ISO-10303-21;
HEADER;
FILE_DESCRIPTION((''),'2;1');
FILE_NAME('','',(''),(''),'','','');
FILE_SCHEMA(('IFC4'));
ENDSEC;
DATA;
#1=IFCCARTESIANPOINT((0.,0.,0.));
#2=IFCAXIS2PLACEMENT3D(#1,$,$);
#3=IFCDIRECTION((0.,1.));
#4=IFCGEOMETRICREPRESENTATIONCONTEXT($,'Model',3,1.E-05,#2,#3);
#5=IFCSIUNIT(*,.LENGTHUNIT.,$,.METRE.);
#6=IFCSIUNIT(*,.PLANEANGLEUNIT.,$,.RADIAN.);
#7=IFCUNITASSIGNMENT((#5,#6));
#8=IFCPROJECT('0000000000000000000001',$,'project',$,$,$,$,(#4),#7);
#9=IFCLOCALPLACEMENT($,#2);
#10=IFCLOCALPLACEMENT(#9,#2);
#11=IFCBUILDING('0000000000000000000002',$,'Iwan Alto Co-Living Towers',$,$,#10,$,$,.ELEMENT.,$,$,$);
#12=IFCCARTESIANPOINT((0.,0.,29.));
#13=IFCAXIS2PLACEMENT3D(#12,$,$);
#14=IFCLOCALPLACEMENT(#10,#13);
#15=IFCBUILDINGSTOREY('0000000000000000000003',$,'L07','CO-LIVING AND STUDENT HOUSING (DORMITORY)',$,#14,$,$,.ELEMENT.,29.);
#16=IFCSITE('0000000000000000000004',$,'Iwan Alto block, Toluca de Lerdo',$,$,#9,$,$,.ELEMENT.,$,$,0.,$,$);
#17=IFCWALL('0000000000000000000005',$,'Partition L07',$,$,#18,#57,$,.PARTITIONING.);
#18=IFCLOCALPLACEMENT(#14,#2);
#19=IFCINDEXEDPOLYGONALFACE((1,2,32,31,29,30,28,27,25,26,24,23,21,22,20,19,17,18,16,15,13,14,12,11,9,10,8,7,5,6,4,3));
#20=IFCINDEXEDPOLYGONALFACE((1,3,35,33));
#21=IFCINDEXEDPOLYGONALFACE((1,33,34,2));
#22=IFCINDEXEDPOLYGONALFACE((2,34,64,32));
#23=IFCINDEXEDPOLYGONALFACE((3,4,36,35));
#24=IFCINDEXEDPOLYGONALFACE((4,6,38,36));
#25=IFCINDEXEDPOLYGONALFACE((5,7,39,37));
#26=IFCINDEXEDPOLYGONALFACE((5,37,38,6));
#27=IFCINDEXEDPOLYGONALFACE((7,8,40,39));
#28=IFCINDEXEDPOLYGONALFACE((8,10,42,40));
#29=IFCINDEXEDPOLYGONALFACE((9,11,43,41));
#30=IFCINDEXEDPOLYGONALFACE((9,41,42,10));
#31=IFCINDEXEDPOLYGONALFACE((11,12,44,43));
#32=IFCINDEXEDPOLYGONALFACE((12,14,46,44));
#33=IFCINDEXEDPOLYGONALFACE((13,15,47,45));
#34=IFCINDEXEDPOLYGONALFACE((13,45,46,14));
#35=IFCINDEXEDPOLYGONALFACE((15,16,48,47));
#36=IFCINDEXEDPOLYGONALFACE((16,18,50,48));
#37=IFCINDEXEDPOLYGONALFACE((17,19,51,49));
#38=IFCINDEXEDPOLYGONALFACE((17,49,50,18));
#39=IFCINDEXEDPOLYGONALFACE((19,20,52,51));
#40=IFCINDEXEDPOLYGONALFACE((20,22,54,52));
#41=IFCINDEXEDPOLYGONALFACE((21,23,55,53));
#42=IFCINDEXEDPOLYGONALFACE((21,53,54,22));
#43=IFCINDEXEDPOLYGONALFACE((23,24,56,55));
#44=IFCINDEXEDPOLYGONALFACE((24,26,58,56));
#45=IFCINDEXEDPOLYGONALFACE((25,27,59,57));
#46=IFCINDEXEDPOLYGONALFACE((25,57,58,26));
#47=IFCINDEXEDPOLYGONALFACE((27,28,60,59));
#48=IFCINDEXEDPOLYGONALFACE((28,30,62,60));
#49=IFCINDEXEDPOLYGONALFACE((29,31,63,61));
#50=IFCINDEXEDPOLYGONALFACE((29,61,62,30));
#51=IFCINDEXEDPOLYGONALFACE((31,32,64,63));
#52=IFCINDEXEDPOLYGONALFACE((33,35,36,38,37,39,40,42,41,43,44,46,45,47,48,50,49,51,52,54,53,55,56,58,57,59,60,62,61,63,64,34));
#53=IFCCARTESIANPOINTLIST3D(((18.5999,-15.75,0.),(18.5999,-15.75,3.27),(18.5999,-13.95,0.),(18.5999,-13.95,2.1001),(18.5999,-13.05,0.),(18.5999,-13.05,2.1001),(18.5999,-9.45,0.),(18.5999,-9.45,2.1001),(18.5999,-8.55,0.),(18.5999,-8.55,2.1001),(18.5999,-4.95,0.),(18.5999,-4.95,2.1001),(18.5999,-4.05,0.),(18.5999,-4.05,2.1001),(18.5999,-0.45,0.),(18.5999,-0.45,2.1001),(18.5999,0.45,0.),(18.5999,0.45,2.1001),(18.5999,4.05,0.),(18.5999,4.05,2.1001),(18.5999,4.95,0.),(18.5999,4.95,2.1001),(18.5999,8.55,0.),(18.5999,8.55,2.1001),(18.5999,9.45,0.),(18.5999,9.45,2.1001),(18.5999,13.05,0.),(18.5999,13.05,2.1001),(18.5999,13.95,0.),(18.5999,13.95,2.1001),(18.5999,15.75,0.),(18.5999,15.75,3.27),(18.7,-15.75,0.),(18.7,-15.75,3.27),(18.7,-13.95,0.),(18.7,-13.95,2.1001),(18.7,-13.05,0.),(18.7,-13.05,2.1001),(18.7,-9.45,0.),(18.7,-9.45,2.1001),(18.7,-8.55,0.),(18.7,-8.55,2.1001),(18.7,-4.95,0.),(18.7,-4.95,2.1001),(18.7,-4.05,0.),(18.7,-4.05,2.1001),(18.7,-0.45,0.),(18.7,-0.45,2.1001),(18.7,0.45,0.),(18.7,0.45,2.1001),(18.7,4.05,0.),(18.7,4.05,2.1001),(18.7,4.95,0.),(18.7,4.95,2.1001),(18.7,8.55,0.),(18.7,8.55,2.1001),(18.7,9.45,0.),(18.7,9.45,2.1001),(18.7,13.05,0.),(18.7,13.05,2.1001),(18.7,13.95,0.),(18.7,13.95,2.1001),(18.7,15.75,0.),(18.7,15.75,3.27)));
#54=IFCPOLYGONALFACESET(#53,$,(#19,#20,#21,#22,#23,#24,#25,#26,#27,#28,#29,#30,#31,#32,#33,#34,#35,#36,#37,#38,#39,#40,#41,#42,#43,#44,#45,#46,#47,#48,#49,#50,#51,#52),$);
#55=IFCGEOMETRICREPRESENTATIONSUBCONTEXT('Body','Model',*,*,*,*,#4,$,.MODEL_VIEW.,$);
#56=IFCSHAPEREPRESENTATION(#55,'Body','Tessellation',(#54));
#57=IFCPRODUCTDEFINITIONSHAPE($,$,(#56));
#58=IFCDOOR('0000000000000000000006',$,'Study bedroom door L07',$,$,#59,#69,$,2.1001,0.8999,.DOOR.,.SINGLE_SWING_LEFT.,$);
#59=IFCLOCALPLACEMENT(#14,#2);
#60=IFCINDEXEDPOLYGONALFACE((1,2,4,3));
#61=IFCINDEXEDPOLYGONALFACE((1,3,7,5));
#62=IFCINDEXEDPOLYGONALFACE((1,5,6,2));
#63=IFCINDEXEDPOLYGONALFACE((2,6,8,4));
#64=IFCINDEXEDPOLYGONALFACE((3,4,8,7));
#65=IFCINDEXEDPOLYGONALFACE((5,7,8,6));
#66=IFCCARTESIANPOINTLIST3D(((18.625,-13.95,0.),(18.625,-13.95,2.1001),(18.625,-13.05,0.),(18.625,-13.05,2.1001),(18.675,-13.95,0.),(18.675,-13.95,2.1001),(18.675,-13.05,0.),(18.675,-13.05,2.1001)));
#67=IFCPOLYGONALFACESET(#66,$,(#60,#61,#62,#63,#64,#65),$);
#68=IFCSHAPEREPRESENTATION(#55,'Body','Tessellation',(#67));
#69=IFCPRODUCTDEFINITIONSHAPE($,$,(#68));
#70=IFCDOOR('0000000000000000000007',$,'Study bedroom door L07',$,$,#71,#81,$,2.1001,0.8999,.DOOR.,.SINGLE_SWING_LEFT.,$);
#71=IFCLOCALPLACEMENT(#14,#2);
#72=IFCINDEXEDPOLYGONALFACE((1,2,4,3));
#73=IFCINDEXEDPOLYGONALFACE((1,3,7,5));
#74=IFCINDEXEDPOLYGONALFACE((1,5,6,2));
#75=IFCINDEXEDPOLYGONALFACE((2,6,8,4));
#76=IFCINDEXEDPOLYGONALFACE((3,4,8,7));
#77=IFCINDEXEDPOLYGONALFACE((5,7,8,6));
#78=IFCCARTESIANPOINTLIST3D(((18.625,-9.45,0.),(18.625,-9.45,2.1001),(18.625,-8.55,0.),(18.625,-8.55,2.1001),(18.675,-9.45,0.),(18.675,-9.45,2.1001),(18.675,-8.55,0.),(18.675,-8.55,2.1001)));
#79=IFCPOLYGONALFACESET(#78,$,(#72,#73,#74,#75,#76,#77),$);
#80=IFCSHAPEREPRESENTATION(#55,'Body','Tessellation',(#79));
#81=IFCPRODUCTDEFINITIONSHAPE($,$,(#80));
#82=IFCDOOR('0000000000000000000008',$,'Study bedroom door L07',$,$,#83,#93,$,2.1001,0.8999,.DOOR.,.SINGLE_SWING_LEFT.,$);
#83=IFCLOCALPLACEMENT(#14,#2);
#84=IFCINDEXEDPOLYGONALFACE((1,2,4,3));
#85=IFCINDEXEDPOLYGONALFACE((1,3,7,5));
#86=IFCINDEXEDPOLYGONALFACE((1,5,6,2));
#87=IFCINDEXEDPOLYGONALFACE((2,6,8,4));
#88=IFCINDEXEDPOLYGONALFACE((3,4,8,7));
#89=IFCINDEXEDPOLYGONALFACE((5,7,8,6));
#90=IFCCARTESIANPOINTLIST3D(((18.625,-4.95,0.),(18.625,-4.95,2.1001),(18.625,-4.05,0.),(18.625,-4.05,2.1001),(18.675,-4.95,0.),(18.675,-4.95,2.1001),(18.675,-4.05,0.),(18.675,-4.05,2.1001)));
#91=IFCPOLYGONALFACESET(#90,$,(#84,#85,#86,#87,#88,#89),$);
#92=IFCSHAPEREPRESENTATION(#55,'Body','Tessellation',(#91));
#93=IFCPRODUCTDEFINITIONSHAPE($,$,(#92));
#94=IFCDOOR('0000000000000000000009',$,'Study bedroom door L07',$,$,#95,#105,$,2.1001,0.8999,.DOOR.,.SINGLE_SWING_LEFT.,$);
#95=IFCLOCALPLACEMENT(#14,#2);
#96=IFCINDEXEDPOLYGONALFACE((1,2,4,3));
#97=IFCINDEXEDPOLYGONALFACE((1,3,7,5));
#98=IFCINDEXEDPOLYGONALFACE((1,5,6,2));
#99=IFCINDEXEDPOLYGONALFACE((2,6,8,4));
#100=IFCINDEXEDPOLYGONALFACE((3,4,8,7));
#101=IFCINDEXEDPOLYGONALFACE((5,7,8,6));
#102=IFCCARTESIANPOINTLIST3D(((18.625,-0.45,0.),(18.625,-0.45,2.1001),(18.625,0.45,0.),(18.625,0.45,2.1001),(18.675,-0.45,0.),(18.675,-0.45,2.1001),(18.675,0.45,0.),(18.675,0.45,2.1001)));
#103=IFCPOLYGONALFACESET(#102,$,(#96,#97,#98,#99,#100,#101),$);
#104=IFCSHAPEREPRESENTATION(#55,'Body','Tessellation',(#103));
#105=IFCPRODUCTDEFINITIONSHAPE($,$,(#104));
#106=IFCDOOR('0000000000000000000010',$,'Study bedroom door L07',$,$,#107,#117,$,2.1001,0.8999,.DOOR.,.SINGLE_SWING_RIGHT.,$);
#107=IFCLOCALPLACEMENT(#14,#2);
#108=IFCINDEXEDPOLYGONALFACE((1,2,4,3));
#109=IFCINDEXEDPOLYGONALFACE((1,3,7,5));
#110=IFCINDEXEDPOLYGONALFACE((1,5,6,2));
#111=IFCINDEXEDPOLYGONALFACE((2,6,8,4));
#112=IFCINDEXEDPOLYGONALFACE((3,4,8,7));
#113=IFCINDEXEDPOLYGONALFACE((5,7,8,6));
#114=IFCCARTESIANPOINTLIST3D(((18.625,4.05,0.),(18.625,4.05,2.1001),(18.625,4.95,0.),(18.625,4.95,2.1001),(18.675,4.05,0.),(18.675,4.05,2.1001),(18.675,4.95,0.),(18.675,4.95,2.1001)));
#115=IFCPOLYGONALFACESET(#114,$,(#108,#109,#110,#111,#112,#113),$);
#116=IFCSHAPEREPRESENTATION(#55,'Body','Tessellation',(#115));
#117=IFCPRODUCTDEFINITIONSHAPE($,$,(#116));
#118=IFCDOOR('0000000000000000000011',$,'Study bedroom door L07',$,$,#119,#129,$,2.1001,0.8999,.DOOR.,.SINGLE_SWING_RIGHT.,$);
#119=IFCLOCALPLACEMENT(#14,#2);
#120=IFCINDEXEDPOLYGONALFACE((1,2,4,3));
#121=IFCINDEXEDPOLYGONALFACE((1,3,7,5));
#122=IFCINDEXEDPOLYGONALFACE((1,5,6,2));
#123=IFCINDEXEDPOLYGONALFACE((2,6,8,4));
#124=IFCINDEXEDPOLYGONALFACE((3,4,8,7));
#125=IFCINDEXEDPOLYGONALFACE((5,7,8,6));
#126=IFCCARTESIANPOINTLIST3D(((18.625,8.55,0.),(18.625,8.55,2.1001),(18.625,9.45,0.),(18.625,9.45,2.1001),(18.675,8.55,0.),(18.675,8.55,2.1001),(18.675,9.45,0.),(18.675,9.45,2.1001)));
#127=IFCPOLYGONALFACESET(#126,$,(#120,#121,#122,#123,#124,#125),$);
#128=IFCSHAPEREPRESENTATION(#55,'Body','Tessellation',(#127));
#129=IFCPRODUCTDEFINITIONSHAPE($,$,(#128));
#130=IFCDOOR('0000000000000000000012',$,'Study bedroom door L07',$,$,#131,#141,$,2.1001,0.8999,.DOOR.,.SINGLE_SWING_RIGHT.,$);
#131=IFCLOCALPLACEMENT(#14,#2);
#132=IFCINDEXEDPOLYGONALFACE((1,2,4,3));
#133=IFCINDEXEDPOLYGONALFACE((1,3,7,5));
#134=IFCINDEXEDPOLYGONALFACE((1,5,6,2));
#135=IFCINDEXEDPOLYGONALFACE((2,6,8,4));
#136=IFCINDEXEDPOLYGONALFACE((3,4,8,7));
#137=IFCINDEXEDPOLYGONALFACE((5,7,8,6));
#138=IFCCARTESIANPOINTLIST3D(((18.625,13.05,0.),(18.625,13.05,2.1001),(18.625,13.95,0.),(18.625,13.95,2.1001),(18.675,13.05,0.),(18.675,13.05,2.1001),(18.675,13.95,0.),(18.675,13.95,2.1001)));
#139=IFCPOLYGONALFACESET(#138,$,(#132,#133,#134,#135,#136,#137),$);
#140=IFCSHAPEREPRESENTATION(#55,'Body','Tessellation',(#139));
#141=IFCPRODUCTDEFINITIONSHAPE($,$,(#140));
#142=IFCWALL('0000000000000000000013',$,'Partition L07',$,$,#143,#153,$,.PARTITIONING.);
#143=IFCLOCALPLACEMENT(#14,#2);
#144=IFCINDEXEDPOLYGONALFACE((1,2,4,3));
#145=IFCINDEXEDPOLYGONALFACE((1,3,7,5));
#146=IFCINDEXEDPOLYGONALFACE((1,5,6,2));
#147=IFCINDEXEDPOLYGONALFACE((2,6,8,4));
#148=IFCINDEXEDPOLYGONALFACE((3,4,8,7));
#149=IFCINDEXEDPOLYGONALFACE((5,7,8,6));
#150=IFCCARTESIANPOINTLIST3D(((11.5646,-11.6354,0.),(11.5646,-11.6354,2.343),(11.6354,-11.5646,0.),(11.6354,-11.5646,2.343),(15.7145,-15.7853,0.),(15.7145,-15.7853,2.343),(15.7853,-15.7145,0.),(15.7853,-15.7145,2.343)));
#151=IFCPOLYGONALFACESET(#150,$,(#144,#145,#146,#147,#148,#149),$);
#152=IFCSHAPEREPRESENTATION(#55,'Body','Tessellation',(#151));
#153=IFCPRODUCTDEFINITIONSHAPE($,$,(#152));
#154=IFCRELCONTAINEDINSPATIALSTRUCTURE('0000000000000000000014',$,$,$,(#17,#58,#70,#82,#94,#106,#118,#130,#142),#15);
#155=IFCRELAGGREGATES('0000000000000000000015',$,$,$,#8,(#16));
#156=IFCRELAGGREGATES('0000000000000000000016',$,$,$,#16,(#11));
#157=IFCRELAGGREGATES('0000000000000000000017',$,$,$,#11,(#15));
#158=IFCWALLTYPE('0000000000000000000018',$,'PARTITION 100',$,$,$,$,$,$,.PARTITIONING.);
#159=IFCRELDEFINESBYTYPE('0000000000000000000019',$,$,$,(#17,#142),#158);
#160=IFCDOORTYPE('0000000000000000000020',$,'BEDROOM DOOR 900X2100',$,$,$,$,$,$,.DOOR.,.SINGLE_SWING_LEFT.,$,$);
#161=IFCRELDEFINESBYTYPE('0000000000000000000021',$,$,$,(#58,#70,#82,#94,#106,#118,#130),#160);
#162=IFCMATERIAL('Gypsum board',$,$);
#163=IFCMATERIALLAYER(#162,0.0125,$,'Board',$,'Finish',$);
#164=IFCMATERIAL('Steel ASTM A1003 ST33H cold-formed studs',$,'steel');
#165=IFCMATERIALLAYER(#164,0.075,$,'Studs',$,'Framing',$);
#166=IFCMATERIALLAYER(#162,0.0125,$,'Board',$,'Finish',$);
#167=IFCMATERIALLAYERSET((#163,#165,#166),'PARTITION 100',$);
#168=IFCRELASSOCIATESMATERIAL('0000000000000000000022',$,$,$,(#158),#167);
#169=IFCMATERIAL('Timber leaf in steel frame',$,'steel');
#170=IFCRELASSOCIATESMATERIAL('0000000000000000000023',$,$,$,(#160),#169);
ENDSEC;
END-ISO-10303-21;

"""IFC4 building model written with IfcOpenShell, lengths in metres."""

from ifc_helpers import new_model, si_unit, direction, frame, frame_2d, origin, place, context, subcontext, project, spatial, rectangle, extrude, material, layer, layer_set, type_object, element, fill, save


model = new_model("IFC4")

# Units and contexts
model_context = context("Model", 3, precision=1e-05, world=origin(), true_north=direction((0.0, 1.0)))
body_context = subcontext(model_context, "Body", "Model", "MODEL_VIEW")
ifc_project = project(units=[si_unit("LENGTHUNIT", "METRE"), si_unit("PLANEANGLEUNIT", "RADIAN")], contexts=[model_context])

# Site, building, storey
site_placement = place(None, origin())
site = spatial("IfcSite", under=ifc_project, at=site_placement, Name="Iwan Alto block, Toluca de Lerdo", CompositionType="ELEMENT", RefElevation=0.0)
building_placement = place(site_placement, origin())
building = spatial("IfcBuilding", under=site, at=building_placement, Name="Iwan Alto Co-Living Towers", CompositionType="ELEMENT")
storey_placement = place(building_placement, frame((0.0, 0.0, 29.0)))
storey = spatial("IfcBuildingStorey", under=building, at=storey_placement, Name="L07", Description="CO-LIVING AND STUDENT HOUSING (DORMITORY)", CompositionType="ELEMENT", Elevation=29.0)

# Shared definitions
ifc_material_1 = material(Name="Gypsum board")
ifc_material_2 = material(Name="Steel ASTM A1003 ST33H cold-formed studs", Category="steel")
ifc_layer_1 = layer(ifc_material_1, 0.0125, Name="Board", Category="Finish")
ifc_layer_2 = layer(ifc_material_2, 0.075, Name="Studs", Category="Framing")
ifc_layer_3 = layer(ifc_material_1, 0.0125, Name="Board", Category="Finish")
ifc_layer_set_1 = layer_set([ifc_layer_1, ifc_layer_2, ifc_layer_3], Name="PARTITION 100")
wall_type_1 = type_object("IfcWallType", Name="PARTITION 100", PredefinedType="PARTITIONING", material=ifc_layer_set_1)

# Wall, openings, doors
wall_1_placement = place(storey_placement, frame((18.6499, -15.75, 0.0), z_axis=(0.0, 0.0, 1.0), x_axis=(0.0, 1.0, 0.0)))
wall_1 = element("IfcWall", 1, at=wall_1_placement, inside=storey, type_object=wall_type_1, Name="Partition L07", PredefinedType="PARTITIONING", context=body_context, shape_type="SweptSolid", body=[
    extrude(rectangle(XDim=31.5, YDim=0.1001, at=frame_2d((15.75, 0.0))), origin(), (0.0, 0.0, 1.0), 3.27),
])
opening_1_placement = place(wall_1_placement, frame((1.8, 0.0, 0.0)))
opening_1 = element("IfcOpeningElement", 2, at=opening_1_placement, cuts=wall_1, PredefinedType="OPENING", context=body_context, shape_type="SweptSolid", body=[
    extrude(rectangle(XDim=0.8999, YDim=2.1001, at=frame_2d((0.45, 1.05))), frame((0.0, 0.0601, 0.0), z_axis=(0.0, -1.0, 0.0), x_axis=(1.0, 0.0, 0.0)), (0.0, 0.0, 1.0), 0.1201),
])
opening_2_placement = place(wall_1_placement, frame((6.3, 0.0, 0.0)))
opening_2 = element("IfcOpeningElement", 3, at=opening_2_placement, cuts=wall_1, PredefinedType="OPENING", context=body_context, shape_type="SweptSolid", body=[
    extrude(rectangle(XDim=0.8999, YDim=2.1001, at=frame_2d((0.45, 1.05))), frame((0.0, 0.0601, 0.0), z_axis=(0.0, -1.0, 0.0), x_axis=(1.0, 0.0, 0.0)), (0.0, 0.0, 1.0), 0.1201),
])
opening_3_placement = place(wall_1_placement, frame((10.8, 0.0, 0.0)))
opening_3 = element("IfcOpeningElement", 4, at=opening_3_placement, cuts=wall_1, PredefinedType="OPENING", context=body_context, shape_type="SweptSolid", body=[
    extrude(rectangle(XDim=0.8999, YDim=2.1001, at=frame_2d((0.45, 1.05))), frame((0.0, 0.0601, 0.0), z_axis=(0.0, -1.0, 0.0), x_axis=(1.0, 0.0, 0.0)), (0.0, 0.0, 1.0), 0.1201),
])
opening_4_placement = place(wall_1_placement, frame((15.3, 0.0, 0.0)))
opening_4 = element("IfcOpeningElement", 5, at=opening_4_placement, cuts=wall_1, PredefinedType="OPENING", context=body_context, shape_type="SweptSolid", body=[
    extrude(rectangle(XDim=0.8999, YDim=2.1001, at=frame_2d((0.45, 1.05))), frame((0.0, 0.0601, 0.0), z_axis=(0.0, -1.0, 0.0), x_axis=(1.0, 0.0, 0.0)), (0.0, 0.0, 1.0), 0.1201),
])
opening_5_placement = place(wall_1_placement, frame((19.8, 0.0, 0.0)))
opening_5 = element("IfcOpeningElement", 6, at=opening_5_placement, cuts=wall_1, PredefinedType="OPENING", context=body_context, shape_type="SweptSolid", body=[
    extrude(rectangle(XDim=0.8999, YDim=2.1001, at=frame_2d((0.45, 1.05))), frame((0.0, 0.0601, 0.0), z_axis=(0.0, -1.0, 0.0), x_axis=(1.0, 0.0, 0.0)), (0.0, 0.0, 1.0), 0.1201),
])
opening_6_placement = place(wall_1_placement, frame((24.3, 0.0, 0.0)))
opening_6 = element("IfcOpeningElement", 7, at=opening_6_placement, cuts=wall_1, PredefinedType="OPENING", context=body_context, shape_type="SweptSolid", body=[
    extrude(rectangle(XDim=0.8999, YDim=2.1001, at=frame_2d((0.45, 1.05))), frame((0.0, 0.0601, 0.0), z_axis=(0.0, -1.0, 0.0), x_axis=(1.0, 0.0, 0.0)), (0.0, 0.0, 1.0), 0.1201),
])
opening_7_placement = place(wall_1_placement, frame((28.8, 0.0, 0.0)))
opening_7 = element("IfcOpeningElement", 8, at=opening_7_placement, cuts=wall_1, PredefinedType="OPENING", context=body_context, shape_type="SweptSolid", body=[
    extrude(rectangle(XDim=0.8999, YDim=2.1001, at=frame_2d((0.45, 1.05))), frame((0.0, 0.0601, 0.0), z_axis=(0.0, -1.0, 0.0), x_axis=(1.0, 0.0, 0.0)), (0.0, 0.0, 1.0), 0.1201),
])
ifc_material_3 = material(Name="Timber leaf in steel frame", Category="steel")
door_type_1 = type_object("IfcDoorType", Name="BEDROOM DOOR 900X2100", OperationType="SINGLE_SWING_LEFT", PredefinedType="DOOR", material=ifc_material_3)
door_1_placement = place(opening_1_placement, origin())
door_1 = element("IfcDoor", 9, at=door_1_placement, inside=storey, type_object=door_type_1, Name="Study bedroom door L07", OperationType="SINGLE_SWING_LEFT", OverallHeight=2.1001, OverallWidth=0.8999, PredefinedType="DOOR", context=body_context, shape_type="SweptSolid", body=[
    extrude(rectangle(XDim=0.8999, YDim=2.1001, at=frame_2d((0.45, 1.05))), frame((0.0, 0.0249, 0.0), z_axis=(0.0, -1.0, 0.0), x_axis=(1.0, 0.0, 0.0)), (0.0, 0.0, 1.0), 0.05),
])
fill(opening_1, door_1)
door_2_placement = place(opening_2_placement, origin())
door_2 = element("IfcDoor", 10, at=door_2_placement, inside=storey, type_object=door_type_1, Name="Study bedroom door L07", OperationType="SINGLE_SWING_LEFT", OverallHeight=2.1001, OverallWidth=0.8999, PredefinedType="DOOR", context=body_context, shape_type="SweptSolid", body=[
    extrude(rectangle(XDim=0.8999, YDim=2.1001, at=frame_2d((0.45, 1.05))), frame((0.0, 0.0249, 0.0), z_axis=(0.0, -1.0, 0.0), x_axis=(1.0, 0.0, 0.0)), (0.0, 0.0, 1.0), 0.05),
])
fill(opening_2, door_2)
door_3_placement = place(opening_3_placement, origin())
door_3 = element("IfcDoor", 11, at=door_3_placement, inside=storey, type_object=door_type_1, Name="Study bedroom door L07", OperationType="SINGLE_SWING_LEFT", OverallHeight=2.1001, OverallWidth=0.8999, PredefinedType="DOOR", context=body_context, shape_type="SweptSolid", body=[
    extrude(rectangle(XDim=0.8999, YDim=2.1001, at=frame_2d((0.45, 1.05))), frame((0.0, 0.0249, 0.0), z_axis=(0.0, -1.0, 0.0), x_axis=(1.0, 0.0, 0.0)), (0.0, 0.0, 1.0), 0.05),
])
fill(opening_3, door_3)
door_4_placement = place(opening_4_placement, origin())
door_4 = element("IfcDoor", 12, at=door_4_placement, inside=storey, type_object=door_type_1, Name="Study bedroom door L07", OperationType="SINGLE_SWING_LEFT", OverallHeight=2.1001, OverallWidth=0.8999, PredefinedType="DOOR", context=body_context, shape_type="SweptSolid", body=[
    extrude(rectangle(XDim=0.8999, YDim=2.1001, at=frame_2d((0.45, 1.05))), frame((0.0, 0.0249, 0.0), z_axis=(0.0, -1.0, 0.0), x_axis=(1.0, 0.0, 0.0)), (0.0, 0.0, 1.0), 0.05),
])
fill(opening_4, door_4)
door_5_placement = place(opening_5_placement, origin())
door_5 = element("IfcDoor", 13, at=door_5_placement, inside=storey, type_object=door_type_1, Name="Study bedroom door L07", OperationType="SINGLE_SWING_RIGHT", OverallHeight=2.1001, OverallWidth=0.8999, PredefinedType="DOOR", context=body_context, shape_type="SweptSolid", body=[
    extrude(rectangle(XDim=0.8999, YDim=2.1001, at=frame_2d((0.45, 1.05))), frame((0.0, 0.0249, 0.0), z_axis=(0.0, -1.0, 0.0), x_axis=(1.0, 0.0, 0.0)), (0.0, 0.0, 1.0), 0.05),
])
fill(opening_5, door_5)
door_6_placement = place(opening_6_placement, origin())
door_6 = element("IfcDoor", 14, at=door_6_placement, inside=storey, type_object=door_type_1, Name="Study bedroom door L07", OperationType="SINGLE_SWING_RIGHT", OverallHeight=2.1001, OverallWidth=0.8999, PredefinedType="DOOR", context=body_context, shape_type="SweptSolid", body=[
    extrude(rectangle(XDim=0.8999, YDim=2.1001, at=frame_2d((0.45, 1.05))), frame((0.0, 0.0249, 0.0), z_axis=(0.0, -1.0, 0.0), x_axis=(1.0, 0.0, 0.0)), (0.0, 0.0, 1.0), 0.05),
])
fill(opening_6, door_6)
door_7_placement = place(opening_7_placement, origin())
door_7 = element("IfcDoor", 15, at=door_7_placement, inside=storey, type_object=door_type_1, Name="Study bedroom door L07", OperationType="SINGLE_SWING_RIGHT", OverallHeight=2.1001, OverallWidth=0.8999, PredefinedType="DOOR", context=body_context, shape_type="SweptSolid", body=[
    extrude(rectangle(XDim=0.8999, YDim=2.1001, at=frame_2d((0.45, 1.05))), frame((0.0, 0.0249, 0.0), z_axis=(0.0, -1.0, 0.0), x_axis=(1.0, 0.0, 0.0)), (0.0, 0.0, 1.0), 0.05),
])
fill(opening_7, door_7)

# Wall
wall_2_placement = place(storey_placement, frame((15.75, -15.75, 0.0), z_axis=(0.0, 0.0, 1.0), x_axis=(-0.707107, 0.707107, 0.0)))
element("IfcWall", 16, at=wall_2_placement, inside=storey, type_object=wall_type_1, Name="Partition L07", PredefinedType="PARTITIONING", context=body_context, shape_type="SweptSolid", body=[
    extrude(rectangle(XDim=5.8689, YDim=0.1001, at=frame_2d((2.9346, 0.0))), origin(), (0.0, 0.0, 1.0), 2.343),
])

save(model, "model.ifc")
